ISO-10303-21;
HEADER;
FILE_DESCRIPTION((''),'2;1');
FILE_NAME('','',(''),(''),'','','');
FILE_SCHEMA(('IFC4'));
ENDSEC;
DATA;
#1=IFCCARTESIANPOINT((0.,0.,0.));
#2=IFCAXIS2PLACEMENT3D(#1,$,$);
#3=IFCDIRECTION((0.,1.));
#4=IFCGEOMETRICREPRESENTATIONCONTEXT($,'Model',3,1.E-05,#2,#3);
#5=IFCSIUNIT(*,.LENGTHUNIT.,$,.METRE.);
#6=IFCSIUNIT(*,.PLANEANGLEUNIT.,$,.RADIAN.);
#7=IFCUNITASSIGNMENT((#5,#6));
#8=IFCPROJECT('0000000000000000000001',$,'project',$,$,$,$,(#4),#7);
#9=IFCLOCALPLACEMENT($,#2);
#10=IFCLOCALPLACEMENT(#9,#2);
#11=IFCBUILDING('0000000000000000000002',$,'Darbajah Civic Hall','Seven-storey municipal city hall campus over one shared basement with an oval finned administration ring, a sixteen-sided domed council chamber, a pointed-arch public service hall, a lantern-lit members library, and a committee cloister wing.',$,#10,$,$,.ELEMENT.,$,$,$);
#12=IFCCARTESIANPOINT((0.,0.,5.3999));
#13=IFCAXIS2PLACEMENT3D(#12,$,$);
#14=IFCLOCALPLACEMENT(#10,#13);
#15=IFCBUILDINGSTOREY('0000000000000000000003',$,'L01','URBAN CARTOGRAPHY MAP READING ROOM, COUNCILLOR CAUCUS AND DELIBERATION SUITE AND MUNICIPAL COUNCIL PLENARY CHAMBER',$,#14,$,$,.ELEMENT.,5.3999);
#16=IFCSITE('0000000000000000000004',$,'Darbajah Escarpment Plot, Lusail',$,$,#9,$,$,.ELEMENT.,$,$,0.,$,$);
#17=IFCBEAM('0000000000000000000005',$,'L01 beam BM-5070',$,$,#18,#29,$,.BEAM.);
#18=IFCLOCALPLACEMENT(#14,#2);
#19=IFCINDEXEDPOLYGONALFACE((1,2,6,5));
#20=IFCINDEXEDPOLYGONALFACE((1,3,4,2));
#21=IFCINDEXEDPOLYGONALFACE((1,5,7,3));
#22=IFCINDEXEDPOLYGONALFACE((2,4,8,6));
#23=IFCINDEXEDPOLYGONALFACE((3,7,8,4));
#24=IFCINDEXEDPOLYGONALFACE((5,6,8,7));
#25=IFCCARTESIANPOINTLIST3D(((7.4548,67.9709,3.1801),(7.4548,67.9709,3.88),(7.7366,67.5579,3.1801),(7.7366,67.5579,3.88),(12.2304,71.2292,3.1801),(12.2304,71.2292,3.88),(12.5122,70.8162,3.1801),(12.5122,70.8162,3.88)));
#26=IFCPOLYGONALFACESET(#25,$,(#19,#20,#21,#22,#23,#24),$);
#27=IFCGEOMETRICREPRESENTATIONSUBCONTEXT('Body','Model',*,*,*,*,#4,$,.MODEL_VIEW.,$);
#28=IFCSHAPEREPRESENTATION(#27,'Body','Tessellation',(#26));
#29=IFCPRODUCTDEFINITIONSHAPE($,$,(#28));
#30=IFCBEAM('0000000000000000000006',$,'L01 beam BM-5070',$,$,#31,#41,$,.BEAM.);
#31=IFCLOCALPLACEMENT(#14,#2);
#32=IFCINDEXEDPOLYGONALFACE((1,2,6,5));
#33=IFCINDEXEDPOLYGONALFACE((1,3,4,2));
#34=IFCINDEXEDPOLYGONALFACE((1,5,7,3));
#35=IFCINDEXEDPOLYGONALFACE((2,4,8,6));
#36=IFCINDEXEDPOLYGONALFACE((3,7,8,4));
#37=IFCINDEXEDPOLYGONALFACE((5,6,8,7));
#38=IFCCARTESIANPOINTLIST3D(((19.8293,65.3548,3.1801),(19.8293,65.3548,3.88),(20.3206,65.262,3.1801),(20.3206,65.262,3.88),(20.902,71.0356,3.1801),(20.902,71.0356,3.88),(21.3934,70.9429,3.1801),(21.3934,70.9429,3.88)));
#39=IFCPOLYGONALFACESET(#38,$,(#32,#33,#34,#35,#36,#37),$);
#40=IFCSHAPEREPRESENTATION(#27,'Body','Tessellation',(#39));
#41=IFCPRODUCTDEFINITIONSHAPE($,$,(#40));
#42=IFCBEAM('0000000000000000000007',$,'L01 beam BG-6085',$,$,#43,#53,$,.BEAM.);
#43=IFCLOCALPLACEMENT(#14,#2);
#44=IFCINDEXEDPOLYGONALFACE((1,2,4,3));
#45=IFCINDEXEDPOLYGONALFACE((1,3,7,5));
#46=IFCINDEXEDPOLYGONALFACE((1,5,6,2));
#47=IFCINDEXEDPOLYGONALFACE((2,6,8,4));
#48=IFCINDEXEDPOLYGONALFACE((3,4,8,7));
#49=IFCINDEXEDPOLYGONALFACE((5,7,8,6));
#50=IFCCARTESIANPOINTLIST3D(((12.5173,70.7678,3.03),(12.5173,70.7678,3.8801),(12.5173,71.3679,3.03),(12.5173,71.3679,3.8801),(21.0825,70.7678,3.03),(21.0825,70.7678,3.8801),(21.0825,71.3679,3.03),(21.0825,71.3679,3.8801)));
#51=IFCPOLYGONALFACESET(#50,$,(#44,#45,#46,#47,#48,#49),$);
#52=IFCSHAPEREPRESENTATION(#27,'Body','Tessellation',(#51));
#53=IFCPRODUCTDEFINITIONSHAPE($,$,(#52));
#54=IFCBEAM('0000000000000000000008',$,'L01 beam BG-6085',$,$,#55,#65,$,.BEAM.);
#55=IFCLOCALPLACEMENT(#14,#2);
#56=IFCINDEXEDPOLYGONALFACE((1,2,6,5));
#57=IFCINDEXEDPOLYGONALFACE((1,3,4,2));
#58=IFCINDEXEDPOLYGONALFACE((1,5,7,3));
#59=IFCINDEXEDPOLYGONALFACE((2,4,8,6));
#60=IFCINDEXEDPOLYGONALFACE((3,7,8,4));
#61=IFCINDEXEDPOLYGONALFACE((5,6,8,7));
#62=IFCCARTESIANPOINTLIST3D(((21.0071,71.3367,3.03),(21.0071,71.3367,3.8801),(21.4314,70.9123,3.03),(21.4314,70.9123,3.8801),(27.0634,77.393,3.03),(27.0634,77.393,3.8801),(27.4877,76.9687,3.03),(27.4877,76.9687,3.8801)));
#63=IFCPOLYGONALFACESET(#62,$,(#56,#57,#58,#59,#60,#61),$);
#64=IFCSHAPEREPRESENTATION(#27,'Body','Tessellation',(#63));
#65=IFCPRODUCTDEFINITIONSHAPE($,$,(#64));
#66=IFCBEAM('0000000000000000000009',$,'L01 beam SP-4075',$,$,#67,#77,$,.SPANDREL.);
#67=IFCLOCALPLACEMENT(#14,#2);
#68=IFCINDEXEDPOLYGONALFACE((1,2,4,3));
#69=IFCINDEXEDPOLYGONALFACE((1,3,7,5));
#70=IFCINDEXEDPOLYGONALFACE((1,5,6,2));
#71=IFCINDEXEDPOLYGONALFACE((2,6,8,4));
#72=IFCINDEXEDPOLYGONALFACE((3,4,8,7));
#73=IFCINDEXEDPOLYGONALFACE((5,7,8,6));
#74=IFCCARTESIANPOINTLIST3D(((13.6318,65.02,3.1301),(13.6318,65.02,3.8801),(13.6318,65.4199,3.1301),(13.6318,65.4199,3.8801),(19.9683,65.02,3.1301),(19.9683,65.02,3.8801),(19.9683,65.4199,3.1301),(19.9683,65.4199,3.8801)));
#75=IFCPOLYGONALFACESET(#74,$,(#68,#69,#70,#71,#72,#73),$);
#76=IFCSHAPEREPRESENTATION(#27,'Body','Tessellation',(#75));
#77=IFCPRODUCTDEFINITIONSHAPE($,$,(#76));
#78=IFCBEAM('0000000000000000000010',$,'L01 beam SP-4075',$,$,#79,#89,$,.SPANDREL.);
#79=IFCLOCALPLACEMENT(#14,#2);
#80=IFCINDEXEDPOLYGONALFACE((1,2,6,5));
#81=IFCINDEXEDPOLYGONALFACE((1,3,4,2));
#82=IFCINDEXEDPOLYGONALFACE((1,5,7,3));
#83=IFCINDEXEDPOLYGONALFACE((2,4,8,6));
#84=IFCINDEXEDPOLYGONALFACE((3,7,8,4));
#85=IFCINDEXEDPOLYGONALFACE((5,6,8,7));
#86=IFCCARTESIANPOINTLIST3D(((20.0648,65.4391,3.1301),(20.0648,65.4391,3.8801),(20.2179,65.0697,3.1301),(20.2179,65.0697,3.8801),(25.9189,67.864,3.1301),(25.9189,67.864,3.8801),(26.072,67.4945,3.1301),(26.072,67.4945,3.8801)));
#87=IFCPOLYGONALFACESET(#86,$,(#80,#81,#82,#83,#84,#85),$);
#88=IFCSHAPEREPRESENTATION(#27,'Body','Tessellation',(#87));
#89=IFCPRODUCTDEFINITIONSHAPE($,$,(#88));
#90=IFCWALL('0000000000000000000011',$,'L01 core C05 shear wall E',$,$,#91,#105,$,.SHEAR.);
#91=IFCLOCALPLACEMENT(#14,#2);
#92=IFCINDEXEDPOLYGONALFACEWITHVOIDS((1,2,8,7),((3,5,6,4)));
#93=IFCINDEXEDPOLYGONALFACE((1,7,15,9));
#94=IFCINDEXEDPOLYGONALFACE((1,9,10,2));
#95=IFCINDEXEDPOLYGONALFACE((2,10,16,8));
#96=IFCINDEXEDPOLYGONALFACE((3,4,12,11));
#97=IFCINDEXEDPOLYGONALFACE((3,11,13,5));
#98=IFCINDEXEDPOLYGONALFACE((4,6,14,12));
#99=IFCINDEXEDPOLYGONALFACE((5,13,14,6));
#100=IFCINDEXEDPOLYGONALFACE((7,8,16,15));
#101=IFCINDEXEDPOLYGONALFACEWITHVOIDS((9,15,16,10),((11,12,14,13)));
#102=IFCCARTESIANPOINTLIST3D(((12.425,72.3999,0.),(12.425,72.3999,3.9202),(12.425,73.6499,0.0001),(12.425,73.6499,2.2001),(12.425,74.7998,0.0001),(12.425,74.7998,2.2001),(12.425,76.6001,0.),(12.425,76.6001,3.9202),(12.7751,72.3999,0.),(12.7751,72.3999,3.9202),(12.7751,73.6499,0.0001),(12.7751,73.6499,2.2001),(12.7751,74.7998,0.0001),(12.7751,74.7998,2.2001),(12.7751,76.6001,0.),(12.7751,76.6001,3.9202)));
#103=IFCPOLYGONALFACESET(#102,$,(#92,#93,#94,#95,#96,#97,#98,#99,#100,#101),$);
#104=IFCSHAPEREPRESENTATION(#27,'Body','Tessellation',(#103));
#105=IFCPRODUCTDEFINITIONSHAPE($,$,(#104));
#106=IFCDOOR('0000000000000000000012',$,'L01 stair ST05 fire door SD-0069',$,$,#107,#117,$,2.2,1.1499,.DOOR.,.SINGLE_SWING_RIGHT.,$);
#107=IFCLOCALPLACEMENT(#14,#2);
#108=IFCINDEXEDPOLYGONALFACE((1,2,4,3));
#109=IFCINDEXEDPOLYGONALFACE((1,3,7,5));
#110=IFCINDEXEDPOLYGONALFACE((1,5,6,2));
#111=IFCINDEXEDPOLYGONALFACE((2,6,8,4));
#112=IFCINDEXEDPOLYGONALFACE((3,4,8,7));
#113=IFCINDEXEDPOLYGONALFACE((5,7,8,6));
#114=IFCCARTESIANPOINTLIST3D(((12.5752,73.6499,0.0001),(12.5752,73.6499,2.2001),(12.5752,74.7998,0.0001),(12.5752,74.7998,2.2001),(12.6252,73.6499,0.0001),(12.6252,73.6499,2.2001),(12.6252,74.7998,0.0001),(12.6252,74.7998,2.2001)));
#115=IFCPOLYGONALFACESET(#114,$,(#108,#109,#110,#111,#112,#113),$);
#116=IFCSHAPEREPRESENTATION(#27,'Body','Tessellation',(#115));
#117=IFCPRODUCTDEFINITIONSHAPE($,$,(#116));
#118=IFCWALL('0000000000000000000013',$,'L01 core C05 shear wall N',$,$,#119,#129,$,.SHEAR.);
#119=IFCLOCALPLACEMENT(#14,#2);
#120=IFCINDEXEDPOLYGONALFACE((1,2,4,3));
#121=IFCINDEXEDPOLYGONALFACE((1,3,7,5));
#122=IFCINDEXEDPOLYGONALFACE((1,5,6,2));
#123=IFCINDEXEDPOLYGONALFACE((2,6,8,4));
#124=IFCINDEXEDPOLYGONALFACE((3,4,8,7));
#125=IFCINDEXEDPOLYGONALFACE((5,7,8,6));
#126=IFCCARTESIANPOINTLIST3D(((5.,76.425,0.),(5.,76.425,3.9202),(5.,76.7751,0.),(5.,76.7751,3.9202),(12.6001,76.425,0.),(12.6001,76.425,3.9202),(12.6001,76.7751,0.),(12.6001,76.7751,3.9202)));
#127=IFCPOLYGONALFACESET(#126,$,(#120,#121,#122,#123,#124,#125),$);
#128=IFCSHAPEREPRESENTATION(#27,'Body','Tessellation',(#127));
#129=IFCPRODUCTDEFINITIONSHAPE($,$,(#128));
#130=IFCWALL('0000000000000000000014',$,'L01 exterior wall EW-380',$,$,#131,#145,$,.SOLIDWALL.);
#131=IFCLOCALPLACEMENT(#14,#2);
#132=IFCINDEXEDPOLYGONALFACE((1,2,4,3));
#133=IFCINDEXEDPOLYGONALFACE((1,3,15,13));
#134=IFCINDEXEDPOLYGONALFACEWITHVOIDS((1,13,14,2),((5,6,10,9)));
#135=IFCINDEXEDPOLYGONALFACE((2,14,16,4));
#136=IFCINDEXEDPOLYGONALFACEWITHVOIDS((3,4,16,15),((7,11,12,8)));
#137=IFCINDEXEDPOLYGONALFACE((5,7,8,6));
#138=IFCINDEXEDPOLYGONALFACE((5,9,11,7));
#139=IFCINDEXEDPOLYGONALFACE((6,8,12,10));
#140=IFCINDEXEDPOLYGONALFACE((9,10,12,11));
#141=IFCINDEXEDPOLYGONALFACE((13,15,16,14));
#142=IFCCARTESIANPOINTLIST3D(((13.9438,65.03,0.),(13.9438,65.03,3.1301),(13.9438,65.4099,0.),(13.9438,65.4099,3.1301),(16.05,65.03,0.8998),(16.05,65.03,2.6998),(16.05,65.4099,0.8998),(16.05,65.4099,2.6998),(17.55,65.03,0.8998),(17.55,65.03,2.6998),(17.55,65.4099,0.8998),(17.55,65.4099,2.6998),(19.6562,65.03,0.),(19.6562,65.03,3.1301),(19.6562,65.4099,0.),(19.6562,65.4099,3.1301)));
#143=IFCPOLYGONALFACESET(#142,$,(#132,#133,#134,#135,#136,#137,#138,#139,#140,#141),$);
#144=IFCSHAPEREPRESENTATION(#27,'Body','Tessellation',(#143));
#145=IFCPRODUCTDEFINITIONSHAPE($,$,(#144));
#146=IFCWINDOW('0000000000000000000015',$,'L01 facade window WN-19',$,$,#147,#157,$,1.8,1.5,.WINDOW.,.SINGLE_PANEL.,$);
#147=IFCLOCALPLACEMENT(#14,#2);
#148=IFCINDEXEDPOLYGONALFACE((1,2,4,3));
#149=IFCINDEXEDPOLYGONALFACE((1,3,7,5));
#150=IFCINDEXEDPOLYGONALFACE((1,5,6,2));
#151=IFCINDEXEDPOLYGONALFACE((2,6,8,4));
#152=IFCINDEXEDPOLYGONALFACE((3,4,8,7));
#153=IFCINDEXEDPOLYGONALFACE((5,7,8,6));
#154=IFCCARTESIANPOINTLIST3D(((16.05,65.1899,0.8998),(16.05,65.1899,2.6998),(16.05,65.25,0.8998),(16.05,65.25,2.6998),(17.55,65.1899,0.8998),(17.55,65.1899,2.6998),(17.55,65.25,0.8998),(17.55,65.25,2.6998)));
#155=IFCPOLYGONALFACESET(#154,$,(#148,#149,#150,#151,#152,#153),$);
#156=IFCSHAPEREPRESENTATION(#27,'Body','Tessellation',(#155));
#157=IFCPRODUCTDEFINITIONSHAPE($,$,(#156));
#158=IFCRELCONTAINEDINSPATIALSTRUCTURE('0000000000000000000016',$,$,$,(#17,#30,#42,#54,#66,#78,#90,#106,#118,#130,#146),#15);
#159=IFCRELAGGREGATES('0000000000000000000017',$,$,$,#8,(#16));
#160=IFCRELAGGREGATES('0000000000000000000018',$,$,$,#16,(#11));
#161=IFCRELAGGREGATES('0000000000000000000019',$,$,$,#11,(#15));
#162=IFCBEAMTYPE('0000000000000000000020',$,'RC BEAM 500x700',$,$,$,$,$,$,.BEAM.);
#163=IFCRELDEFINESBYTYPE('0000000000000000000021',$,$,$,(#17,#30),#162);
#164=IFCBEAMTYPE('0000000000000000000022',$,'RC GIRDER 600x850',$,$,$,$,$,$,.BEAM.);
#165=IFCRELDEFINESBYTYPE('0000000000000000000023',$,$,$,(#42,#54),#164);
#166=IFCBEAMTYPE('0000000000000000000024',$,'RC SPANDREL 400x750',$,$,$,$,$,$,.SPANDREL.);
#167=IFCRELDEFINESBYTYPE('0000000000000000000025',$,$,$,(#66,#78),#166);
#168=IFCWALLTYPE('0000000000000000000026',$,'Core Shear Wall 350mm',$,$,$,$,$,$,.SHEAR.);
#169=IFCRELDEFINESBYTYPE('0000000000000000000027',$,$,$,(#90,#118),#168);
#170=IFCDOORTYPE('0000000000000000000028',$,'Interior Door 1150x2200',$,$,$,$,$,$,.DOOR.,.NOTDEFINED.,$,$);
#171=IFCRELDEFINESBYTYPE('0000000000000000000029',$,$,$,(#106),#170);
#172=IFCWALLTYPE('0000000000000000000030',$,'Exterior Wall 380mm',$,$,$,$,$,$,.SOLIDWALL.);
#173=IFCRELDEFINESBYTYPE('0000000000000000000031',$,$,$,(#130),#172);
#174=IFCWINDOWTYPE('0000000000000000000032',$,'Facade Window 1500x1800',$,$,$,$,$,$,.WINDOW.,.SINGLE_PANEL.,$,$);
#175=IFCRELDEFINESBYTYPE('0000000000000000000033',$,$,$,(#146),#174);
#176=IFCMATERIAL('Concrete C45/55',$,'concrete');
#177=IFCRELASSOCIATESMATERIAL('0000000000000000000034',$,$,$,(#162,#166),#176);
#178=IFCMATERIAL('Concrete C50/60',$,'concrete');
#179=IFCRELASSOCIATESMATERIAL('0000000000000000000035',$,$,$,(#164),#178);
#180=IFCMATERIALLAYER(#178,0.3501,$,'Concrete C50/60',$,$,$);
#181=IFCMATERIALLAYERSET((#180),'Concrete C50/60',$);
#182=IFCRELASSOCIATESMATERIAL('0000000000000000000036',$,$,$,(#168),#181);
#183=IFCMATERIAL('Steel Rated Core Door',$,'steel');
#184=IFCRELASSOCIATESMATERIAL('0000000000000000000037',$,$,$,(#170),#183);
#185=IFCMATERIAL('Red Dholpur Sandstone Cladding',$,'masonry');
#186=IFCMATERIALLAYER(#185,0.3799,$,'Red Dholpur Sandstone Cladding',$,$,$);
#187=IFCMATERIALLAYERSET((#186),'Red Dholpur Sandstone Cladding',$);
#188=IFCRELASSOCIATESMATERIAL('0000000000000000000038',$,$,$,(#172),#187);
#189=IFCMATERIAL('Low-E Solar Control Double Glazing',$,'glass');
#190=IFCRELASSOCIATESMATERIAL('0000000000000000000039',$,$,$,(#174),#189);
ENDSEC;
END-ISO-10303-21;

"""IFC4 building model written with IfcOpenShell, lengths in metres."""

from ifc_helpers import new_model, si_unit, direction, frame, frame_2d, origin, origin_2d, place, context, subcontext, project, spatial, rectangle, extrude, material, layer, layer_set, material_profile, profile_set, type_object, element, fill, save


model = new_model("IFC4")

# Units and contexts
model_context = context("Model", 3, precision=1e-05, world=origin(), true_north=direction((0.0, 1.0)))
body_context = subcontext(model_context, "Body", "Model", "MODEL_VIEW")
ifc_project = project(units=[si_unit("LENGTHUNIT", "METRE"), si_unit("PLANEANGLEUNIT", "RADIAN")], contexts=[model_context])

# Site, building, storey
site_placement = place(None, origin())
site = spatial("IfcSite", under=ifc_project, at=site_placement, Name="Darbajah Escarpment Plot, Lusail", CompositionType="ELEMENT", RefElevation=0.0)
building_placement = place(site_placement, origin())
building = spatial("IfcBuilding", under=site, at=building_placement, Name="Darbajah Civic Hall", Description="Seven-storey municipal city hall campus over one shared basement with an oval finned administration ring, a sixteen-sided domed council chamber, a pointed-arch public service hall, a lantern-lit members library, and a committee cloister wing.", CompositionType="ELEMENT")
storey_placement = place(building_placement, frame((0.0, 0.0, 5.3999)))
storey = spatial("IfcBuildingStorey", under=building, at=storey_placement, Name="L01", Description="URBAN CARTOGRAPHY MAP READING ROOM, COUNCILLOR CAUCUS AND DELIBERATION SUITE AND MUNICIPAL COUNCIL PLENARY CHAMBER", CompositionType="ELEMENT", Elevation=5.3999)

# Shared definitions
ifc_material_1 = material(Name="Concrete C45/55", Category="concrete")
ifc_material_2 = material(Name="Concrete C50/60", Category="concrete")

# Beams
ifc_material_profile_1 = material_profile(ifc_material_1, rectangle(XDim=0.5, YDim=0.7, at=origin_2d()), Name="RC BEAM 500x700")
ifc_profile_set_1 = profile_set([ifc_material_profile_1], Name="Concrete C45/55")
beam_type_1 = type_object("IfcBeamType", Name="RC BEAM 500x700", PredefinedType="BEAM", material=ifc_profile_set_1)
for number, where, z_axis, x_axis, name in (
    (1, (12.3713, 71.0227, 3.53), (-0.826051, -0.563595, 0.0), (0.563595, -0.826051, 0.0), "L01 beam BM-5070"),
    (2, (21.1477, 70.9893, 3.53), (-0.185556, -0.982634, 0.0), (0.982634, -0.185556, 0.0), "L01 beam BM-5070"),
):
    element("IfcBeam", number, at=place(storey_placement, frame(where, z_axis=z_axis, x_axis=x_axis)), inside=storey, type_object=beam_type_1, Name=name, PredefinedType="BEAM", context=body_context, shape_type="SweptSolid", body=[
        extrude(rectangle(XDim=0.5, YDim=0.7, at=origin_2d()), origin(), (0.0, 0.0, 1.0), 5.7812),
    ])
ifc_material_profile_2 = material_profile(ifc_material_2, rectangle(XDim=0.6001, YDim=0.8501, at=origin_2d()), Name="RC GIRDER 600x850")
ifc_profile_set_2 = profile_set([ifc_material_profile_2], Name="Concrete C50/60")
beam_type_2 = type_object("IfcBeamType", Name="RC GIRDER 600x850", PredefinedType="BEAM", material=ifc_profile_set_2)
beam_1_placement = place(storey_placement, frame((12.5173, 71.0679, 3.4551), z_axis=(1.0, 0.0, 0.0), x_axis=(0.0, 1.0, 0.0)))
element("IfcBeam", 3, at=beam_1_placement, inside=storey, type_object=beam_type_2, Name="L01 beam BG-6085", PredefinedType="BEAM", context=body_context, shape_type="SweptSolid", body=[
    extrude(rectangle(XDim=0.6001, YDim=0.8501, at=origin_2d()), origin(), (0.0, 0.0, 1.0), 8.5652),
])
beam_2_placement = place(storey_placement, frame((21.2192, 71.1245, 3.4551), z_axis=(0.707107, 0.707107, 0.0), x_axis=(-0.707107, 0.707107, 0.0)))
element("IfcBeam", 4, at=beam_2_placement, inside=storey, type_object=beam_type_2, Name="L01 beam BG-6085", PredefinedType="BEAM", context=body_context, shape_type="SweptSolid", body=[
    extrude(rectangle(XDim=0.6001, YDim=0.8501, at=origin_2d()), origin(), (0.0, 0.0, 1.0), 8.5649),
])
ifc_material_profile_3 = material_profile(ifc_material_1, rectangle(XDim=0.3999, YDim=0.75, at=origin_2d()), Name="RC SPANDREL 400x750")
ifc_profile_set_3 = profile_set([ifc_material_profile_3], Name="Concrete C45/55")
beam_type_3 = type_object("IfcBeamType", Name="RC SPANDREL 400x750", PredefinedType="SPANDREL", material=ifc_profile_set_3)
for number, where, z_axis, x_axis, name in (
    (5, (13.6318, 65.22, 3.5051), (1.0, 0.0, 0.0), (0.0, 1.0, 0.0), "L01 beam SP-4075"),
    (6, (20.1414, 65.2544, 3.5051), (0.92388, 0.382683, 0.0), (-0.382683, 0.92388, 0.0), "L01 beam SP-4075"),
):
    element("IfcBeam", number, at=place(storey_placement, frame(where, z_axis=z_axis, x_axis=x_axis)), inside=storey, type_object=beam_type_3, Name=name, PredefinedType="SPANDREL", context=body_context, shape_type="SweptSolid", body=[
        extrude(rectangle(XDim=0.3999, YDim=0.75, at=origin_2d()), origin(), (0.0, 0.0, 1.0), 6.3364),
    ])

# Wall, opening, door
ifc_layer_1 = layer(ifc_material_2, 0.3501, Name="Concrete C50/60")
ifc_layer_set_1 = layer_set([ifc_layer_1], Name="Concrete C50/60")
wall_type_1 = type_object("IfcWallType", Name="Core Shear Wall 350mm", PredefinedType="SHEAR", material=ifc_layer_set_1)
wall_1_placement = place(storey_placement, frame((12.6001, 72.3999, 0.0), z_axis=(0.0, 0.0, 1.0), x_axis=(0.0, 1.0, 0.0)))
wall_1 = element("IfcWall", 7, at=wall_1_placement, inside=storey, type_object=wall_type_1, Name="L01 core C05 shear wall E", PredefinedType="SHEAR", context=body_context, shape_type="SweptSolid", body=[
    extrude(rectangle(XDim=4.2002, YDim=0.3501, at=frame_2d((2.1001, 0.0))), origin(), (0.0, 0.0, 1.0), 3.9202),
])
opening_1_placement = place(wall_1_placement, frame((1.25, 0.0, 0.0)))
opening_1 = element("IfcOpeningElement", 8, at=opening_1_placement, cuts=wall_1, PredefinedType="OPENING", context=body_context, shape_type="SweptSolid", body=[
    extrude(rectangle(XDim=1.1499, YDim=2.2, at=frame_2d((0.575, 1.1001))), frame((0.0, 0.1851, 0.0), z_axis=(0.0, -1.0, 0.0), x_axis=(1.0, 0.0, 0.0)), (0.0, 0.0, 1.0), 0.3701),
])
ifc_material_3 = material(Name="Steel Rated Core Door", Category="steel")
door_type = type_object("IfcDoorType", Name="Interior Door 1150x2200", OperationType="NOTDEFINED", PredefinedType="DOOR", material=ifc_material_3)
door_placement = place(opening_1_placement, origin())
door = element("IfcDoor", 9, at=door_placement, inside=storey, type_object=door_type, Name="L01 stair ST05 fire door SD-0069", OperationType="SINGLE_SWING_RIGHT", OverallHeight=2.2, OverallWidth=1.1499, PredefinedType="DOOR", context=body_context, shape_type="SweptSolid", body=[
    extrude(rectangle(XDim=1.1499, YDim=2.2, at=frame_2d((0.575, 1.1001))), frame((0.0, 0.0249, 0.0), z_axis=(0.0, -1.0, 0.0), x_axis=(1.0, 0.0, 0.0)), (0.0, 0.0, 1.0), 0.05),
])
fill(opening_1, door)

# Wall
wall_2_placement = place(storey_placement, frame((12.6001, 76.6001, 0.0), z_axis=(0.0, 0.0, 1.0), x_axis=(-1.0, 0.0, 0.0)))
element("IfcWall", 10, at=wall_2_placement, inside=storey, type_object=wall_type_1, Name="L01 core C05 shear wall N", PredefinedType="SHEAR", context=body_context, shape_type="SweptSolid", body=[
    extrude(rectangle(XDim=7.6001, YDim=0.3501, at=frame_2d((3.8, 0.0))), origin(), (0.0, 0.0, 1.0), 3.9202),
])

# Wall, opening, window
ifc_material_4 = material(Name="Red Dholpur Sandstone Cladding", Category="masonry")
ifc_layer_2 = layer(ifc_material_4, 0.3799, Name="Red Dholpur Sandstone Cladding")
ifc_layer_set_2 = layer_set([ifc_layer_2], Name="Red Dholpur Sandstone Cladding")
wall_type_2 = type_object("IfcWallType", Name="Exterior Wall 380mm", PredefinedType="SOLIDWALL", material=ifc_layer_set_2)
wall_3_placement = place(storey_placement, frame((13.9438, 65.22, 0.0), z_axis=(0.0, 0.0, 1.0), x_axis=(1.0, 0.0, 0.0)))
wall_3 = element("IfcWall", 11, at=wall_3_placement, inside=storey, type_object=wall_type_2, Name="L01 exterior wall EW-380", PredefinedType="SOLIDWALL", context=body_context, shape_type="SweptSolid", body=[
    extrude(rectangle(XDim=5.7124, YDim=0.3799, at=frame_2d((2.8562, 0.0))), origin(), (0.0, 0.0, 1.0), 3.1301),
])
opening_2_placement = place(wall_3_placement, frame((2.1062, 0.0, 0.8999)))
opening_2 = element("IfcOpeningElement", 12, at=opening_2_placement, cuts=wall_3, PredefinedType="OPENING", context=body_context, shape_type="SweptSolid", body=[
    extrude(rectangle(XDim=1.5, YDim=1.8, at=frame_2d((0.75, 0.8999))), frame((0.0, 0.2, 0.0), z_axis=(0.0, -1.0, 0.0), x_axis=(1.0, 0.0, 0.0)), (0.0, 0.0, 1.0), 0.3999),
])
ifc_material_5 = material(Name="Low-E Solar Control Double Glazing", Category="glass")
window_type_1 = type_object("IfcWindowType", Name="Facade Window 1500x1800", PartitioningType="SINGLE_PANEL", PredefinedType="WINDOW", material=ifc_material_5)
window_1_placement = place(opening_2_placement, origin())
window_1 = element("IfcWindow", 13, at=window_1_placement, inside=storey, type_object=window_type_1, Name="L01 facade window WN-19", OverallHeight=1.8, OverallWidth=1.5, PartitioningType="SINGLE_PANEL", PredefinedType="WINDOW", context=body_context, shape_type="SweptSolid", body=[
    extrude(rectangle(XDim=1.5, YDim=1.8, at=frame_2d((0.75, 0.8999))), frame((0.0, 0.03, 0.0), z_axis=(0.0, -1.0, 0.0), x_axis=(1.0, 0.0, 0.0)), (0.0, 0.0, 1.0), 0.0601),
])
fill(opening_2, window_1)

save(model, "model.ifc")
